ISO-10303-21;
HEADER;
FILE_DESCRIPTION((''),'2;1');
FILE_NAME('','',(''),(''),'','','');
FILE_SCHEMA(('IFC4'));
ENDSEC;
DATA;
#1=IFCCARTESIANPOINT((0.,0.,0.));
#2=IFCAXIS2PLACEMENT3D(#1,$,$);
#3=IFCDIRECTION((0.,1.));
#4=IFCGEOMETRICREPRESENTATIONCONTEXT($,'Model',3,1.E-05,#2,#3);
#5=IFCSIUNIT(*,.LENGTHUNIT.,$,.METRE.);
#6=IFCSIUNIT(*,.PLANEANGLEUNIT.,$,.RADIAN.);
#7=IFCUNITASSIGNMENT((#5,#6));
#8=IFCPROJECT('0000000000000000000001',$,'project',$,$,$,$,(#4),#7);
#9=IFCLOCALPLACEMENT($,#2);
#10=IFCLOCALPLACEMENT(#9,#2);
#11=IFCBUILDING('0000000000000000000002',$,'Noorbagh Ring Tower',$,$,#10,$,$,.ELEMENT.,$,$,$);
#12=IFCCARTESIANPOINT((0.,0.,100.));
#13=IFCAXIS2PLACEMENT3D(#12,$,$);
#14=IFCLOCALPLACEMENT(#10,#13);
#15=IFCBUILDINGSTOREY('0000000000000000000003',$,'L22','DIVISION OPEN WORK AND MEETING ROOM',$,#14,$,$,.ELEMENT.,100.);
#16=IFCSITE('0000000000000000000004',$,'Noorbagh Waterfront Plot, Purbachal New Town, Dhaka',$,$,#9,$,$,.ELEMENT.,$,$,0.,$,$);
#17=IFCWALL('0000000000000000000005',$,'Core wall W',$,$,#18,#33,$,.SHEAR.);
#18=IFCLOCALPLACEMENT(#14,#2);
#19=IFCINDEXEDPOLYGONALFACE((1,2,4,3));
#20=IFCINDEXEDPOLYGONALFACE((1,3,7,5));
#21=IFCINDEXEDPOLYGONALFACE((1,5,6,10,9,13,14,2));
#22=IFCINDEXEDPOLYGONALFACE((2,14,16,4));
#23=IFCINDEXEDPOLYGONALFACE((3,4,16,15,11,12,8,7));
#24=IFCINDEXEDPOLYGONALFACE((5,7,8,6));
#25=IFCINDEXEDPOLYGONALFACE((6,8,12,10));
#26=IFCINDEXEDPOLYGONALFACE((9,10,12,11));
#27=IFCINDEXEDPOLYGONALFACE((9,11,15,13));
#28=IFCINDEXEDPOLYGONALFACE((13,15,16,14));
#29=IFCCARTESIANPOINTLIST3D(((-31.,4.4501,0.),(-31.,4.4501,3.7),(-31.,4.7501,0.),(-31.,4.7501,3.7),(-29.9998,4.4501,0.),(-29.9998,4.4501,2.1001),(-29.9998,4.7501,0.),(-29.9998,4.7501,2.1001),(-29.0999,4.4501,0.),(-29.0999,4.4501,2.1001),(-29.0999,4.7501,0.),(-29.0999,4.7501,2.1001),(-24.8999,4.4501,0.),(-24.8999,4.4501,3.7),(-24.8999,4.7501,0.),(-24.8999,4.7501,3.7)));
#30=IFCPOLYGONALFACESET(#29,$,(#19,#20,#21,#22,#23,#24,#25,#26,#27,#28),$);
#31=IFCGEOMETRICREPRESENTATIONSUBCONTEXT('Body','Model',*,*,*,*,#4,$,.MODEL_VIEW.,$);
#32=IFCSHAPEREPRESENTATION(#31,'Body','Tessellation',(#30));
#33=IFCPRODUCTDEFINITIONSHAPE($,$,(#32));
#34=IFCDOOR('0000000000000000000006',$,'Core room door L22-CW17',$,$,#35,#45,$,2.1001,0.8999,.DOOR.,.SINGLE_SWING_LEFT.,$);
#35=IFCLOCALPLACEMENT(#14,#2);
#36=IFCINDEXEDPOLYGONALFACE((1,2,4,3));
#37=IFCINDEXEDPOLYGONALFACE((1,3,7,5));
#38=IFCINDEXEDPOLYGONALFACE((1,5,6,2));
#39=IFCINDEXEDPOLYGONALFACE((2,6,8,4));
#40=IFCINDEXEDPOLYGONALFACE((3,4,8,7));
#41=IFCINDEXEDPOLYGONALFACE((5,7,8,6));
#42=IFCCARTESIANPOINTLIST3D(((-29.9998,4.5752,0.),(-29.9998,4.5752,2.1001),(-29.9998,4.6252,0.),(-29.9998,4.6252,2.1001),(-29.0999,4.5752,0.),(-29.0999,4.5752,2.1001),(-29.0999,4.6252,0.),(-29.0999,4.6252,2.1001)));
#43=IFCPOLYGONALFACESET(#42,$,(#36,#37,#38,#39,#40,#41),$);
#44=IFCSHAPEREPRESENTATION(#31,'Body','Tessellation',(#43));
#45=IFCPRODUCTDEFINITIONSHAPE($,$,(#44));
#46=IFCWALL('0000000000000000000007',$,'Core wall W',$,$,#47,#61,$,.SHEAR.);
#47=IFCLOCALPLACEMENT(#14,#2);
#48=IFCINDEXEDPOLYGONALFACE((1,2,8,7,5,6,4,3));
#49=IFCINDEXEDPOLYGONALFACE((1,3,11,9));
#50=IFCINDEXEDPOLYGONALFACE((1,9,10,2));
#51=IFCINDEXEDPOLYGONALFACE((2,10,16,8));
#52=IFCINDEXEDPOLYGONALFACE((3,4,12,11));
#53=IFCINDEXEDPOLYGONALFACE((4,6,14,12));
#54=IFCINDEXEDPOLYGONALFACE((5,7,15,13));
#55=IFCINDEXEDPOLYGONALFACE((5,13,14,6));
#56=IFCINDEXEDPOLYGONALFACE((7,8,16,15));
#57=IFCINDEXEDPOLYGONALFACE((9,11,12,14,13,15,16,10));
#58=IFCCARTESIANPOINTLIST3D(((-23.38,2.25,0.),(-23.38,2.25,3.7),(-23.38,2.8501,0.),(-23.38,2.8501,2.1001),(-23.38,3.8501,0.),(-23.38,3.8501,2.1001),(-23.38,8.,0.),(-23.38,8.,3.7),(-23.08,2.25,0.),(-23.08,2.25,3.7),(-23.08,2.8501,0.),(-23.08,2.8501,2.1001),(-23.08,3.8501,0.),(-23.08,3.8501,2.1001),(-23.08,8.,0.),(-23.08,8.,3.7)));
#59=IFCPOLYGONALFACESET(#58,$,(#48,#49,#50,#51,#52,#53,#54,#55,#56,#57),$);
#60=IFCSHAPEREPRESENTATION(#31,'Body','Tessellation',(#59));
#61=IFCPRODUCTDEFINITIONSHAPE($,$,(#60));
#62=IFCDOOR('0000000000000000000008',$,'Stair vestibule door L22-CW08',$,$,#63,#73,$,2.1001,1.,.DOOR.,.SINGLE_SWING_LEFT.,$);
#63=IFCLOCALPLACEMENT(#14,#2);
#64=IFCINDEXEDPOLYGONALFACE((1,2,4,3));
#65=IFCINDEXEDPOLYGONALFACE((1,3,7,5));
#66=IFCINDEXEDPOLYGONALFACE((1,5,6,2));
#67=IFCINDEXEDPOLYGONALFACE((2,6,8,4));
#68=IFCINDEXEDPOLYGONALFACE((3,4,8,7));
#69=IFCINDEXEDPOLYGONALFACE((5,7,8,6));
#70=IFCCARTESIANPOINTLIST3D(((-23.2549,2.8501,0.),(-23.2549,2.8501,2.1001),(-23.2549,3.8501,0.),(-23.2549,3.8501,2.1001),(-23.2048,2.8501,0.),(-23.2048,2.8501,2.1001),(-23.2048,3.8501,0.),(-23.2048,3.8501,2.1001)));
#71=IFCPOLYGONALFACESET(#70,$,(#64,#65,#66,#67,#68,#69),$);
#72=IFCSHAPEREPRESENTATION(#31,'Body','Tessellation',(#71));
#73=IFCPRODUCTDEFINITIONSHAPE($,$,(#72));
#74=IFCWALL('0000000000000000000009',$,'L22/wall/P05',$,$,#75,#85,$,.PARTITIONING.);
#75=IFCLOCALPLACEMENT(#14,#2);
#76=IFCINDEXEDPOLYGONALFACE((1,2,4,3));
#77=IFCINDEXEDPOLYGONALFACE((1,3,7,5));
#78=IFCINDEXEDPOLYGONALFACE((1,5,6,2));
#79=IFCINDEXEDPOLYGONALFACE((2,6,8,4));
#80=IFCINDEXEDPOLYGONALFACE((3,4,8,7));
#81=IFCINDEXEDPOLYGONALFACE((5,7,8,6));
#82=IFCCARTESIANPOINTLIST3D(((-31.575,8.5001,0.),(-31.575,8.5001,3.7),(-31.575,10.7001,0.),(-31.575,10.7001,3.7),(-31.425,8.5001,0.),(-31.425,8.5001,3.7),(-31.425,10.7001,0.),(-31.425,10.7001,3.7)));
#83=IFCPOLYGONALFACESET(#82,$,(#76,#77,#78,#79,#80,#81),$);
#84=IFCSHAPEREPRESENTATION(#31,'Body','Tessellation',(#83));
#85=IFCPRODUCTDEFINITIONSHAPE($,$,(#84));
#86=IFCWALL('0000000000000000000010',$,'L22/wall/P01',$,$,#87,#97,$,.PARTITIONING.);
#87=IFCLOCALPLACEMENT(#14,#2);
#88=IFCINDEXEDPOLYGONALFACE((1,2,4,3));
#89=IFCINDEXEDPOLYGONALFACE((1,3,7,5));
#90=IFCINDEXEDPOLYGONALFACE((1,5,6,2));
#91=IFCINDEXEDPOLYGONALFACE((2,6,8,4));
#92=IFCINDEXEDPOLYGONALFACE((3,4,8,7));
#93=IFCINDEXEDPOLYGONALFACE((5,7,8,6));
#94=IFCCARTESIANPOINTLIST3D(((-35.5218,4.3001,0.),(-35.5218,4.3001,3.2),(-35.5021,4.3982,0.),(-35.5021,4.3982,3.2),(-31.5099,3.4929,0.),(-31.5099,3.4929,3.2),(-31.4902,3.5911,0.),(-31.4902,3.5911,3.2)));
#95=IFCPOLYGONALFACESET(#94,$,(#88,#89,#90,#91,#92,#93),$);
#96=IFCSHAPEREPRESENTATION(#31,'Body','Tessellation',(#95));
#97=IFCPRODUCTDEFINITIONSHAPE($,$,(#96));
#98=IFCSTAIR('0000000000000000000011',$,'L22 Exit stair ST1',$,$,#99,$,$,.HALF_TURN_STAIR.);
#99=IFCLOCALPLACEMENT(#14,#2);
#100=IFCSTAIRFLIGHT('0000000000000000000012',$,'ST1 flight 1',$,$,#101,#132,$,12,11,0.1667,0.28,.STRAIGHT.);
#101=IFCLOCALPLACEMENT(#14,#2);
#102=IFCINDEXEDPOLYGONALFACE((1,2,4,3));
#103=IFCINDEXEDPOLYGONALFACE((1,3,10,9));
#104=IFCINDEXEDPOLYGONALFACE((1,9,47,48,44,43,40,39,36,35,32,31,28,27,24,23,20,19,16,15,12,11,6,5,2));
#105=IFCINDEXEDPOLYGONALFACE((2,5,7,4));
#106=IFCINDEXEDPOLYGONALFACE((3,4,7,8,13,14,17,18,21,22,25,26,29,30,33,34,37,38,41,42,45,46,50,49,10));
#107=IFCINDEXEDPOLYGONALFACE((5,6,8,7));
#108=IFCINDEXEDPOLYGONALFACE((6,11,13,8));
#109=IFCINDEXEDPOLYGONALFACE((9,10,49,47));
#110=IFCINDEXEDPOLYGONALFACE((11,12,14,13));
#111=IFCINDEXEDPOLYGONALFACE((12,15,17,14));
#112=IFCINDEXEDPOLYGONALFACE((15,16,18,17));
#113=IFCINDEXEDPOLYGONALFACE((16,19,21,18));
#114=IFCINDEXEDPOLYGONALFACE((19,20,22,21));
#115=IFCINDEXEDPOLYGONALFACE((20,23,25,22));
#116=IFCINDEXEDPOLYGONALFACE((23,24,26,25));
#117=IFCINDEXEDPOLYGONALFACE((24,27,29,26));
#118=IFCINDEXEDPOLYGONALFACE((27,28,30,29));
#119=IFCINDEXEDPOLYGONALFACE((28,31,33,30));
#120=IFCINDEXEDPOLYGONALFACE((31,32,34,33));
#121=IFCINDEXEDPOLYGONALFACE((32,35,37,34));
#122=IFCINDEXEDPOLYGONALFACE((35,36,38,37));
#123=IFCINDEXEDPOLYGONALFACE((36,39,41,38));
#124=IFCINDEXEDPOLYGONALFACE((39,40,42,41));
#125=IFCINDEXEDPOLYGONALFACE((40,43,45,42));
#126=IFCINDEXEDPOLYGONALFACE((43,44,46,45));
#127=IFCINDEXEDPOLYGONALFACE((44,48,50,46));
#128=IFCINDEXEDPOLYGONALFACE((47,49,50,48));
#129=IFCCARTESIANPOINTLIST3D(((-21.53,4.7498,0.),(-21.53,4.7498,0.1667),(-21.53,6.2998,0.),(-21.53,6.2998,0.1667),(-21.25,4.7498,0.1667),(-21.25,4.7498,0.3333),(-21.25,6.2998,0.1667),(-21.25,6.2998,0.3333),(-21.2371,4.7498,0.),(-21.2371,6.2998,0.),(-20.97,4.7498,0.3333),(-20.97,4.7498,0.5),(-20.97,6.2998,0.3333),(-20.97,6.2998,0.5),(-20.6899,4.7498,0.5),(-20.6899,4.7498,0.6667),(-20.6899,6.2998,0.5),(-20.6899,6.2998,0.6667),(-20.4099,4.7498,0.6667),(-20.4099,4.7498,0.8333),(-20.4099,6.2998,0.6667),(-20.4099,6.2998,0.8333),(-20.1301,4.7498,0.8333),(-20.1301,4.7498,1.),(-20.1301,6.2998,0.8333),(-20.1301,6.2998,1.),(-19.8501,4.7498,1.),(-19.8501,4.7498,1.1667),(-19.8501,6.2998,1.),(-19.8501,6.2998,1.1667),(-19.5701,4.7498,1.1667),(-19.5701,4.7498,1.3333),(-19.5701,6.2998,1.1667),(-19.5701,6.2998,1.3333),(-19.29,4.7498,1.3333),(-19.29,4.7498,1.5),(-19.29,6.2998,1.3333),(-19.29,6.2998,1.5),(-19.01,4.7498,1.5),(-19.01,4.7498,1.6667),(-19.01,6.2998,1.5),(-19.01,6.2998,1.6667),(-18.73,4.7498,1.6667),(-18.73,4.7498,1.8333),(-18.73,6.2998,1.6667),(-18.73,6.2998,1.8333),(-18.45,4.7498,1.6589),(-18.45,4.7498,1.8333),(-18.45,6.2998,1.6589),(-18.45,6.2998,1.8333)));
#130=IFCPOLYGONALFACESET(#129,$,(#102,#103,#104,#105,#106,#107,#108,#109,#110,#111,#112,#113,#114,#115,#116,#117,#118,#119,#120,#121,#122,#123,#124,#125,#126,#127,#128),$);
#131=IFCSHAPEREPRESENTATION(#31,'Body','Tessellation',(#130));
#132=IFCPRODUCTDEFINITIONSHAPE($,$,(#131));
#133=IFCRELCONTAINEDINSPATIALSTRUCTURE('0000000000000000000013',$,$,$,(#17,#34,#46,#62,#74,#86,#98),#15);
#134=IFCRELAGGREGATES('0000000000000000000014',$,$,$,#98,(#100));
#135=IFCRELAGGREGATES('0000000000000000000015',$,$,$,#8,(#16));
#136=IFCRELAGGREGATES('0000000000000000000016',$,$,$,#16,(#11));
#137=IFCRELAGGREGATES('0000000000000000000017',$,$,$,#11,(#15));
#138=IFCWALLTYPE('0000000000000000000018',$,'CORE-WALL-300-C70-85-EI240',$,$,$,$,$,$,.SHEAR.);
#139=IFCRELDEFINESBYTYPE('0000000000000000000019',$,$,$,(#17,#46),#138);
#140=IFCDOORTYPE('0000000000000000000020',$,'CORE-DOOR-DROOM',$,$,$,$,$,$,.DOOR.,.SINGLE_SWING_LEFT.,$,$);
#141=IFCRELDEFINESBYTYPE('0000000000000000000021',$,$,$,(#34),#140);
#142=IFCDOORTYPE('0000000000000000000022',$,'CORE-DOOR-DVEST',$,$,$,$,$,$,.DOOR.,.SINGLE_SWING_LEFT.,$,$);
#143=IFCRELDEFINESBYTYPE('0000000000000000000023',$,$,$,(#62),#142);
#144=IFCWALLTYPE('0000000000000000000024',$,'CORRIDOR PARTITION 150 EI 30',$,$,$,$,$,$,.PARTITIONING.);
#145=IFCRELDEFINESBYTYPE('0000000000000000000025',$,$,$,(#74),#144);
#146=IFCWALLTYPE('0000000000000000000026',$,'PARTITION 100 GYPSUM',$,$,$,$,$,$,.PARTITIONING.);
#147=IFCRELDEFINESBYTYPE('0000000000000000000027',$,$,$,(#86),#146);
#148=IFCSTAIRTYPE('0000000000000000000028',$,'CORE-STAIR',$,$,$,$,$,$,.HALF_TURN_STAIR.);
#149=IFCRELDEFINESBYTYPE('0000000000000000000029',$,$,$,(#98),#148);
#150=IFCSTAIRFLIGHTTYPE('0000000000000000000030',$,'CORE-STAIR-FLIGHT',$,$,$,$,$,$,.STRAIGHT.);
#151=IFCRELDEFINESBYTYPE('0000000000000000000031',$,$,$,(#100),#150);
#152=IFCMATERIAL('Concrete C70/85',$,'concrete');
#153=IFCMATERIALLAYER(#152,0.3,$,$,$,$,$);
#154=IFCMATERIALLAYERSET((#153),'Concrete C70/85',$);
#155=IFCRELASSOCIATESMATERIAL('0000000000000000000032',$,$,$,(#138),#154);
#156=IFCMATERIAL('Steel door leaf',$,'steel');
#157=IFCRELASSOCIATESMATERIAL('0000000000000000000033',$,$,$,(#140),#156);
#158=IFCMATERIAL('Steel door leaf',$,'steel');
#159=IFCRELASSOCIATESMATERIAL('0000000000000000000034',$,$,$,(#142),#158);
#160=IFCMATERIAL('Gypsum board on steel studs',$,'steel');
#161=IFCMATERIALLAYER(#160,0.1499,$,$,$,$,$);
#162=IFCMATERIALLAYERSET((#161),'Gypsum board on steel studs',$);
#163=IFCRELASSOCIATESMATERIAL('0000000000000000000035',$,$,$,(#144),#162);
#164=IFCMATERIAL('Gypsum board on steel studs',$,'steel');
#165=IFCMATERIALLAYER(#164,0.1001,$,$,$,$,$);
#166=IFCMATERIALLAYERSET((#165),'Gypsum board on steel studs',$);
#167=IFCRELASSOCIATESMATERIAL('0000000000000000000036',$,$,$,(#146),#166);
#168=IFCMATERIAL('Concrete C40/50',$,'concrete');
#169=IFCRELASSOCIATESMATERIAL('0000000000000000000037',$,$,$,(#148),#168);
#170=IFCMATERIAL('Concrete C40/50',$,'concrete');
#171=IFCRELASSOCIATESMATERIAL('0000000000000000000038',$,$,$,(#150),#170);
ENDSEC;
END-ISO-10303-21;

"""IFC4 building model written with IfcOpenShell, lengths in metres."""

from ifc_helpers import new_model, si_unit, direction, frame, frame_2d, origin, place, context, subcontext, project, spatial, polyline, rectangle, outline, extrude, material, layer, layer_set, type_object, element, fill, aggregate, save


model = new_model("IFC4")

# Units and contexts
model_context = context("Model", 3, precision=1e-05, world=origin(), true_north=direction((0.0, 1.0)))
body_context = subcontext(model_context, "Body", "Model", "MODEL_VIEW")
ifc_project = project(units=[si_unit("LENGTHUNIT", "METRE"), si_unit("PLANEANGLEUNIT", "RADIAN")], contexts=[model_context])

# Site, building, storey
site_placement = place(None, origin())
site = spatial("IfcSite", under=ifc_project, at=site_placement, Name="Noorbagh Waterfront Plot, Purbachal New Town, Dhaka", CompositionType="ELEMENT", RefElevation=0.0)
building_placement = place(site_placement, origin())
building = spatial("IfcBuilding", under=site, at=building_placement, Name="Noorbagh Ring Tower", CompositionType="ELEMENT")
storey_placement = place(building_placement, frame((0.0, 0.0, 100.0)))
storey = spatial("IfcBuildingStorey", under=building, at=storey_placement, Name="L22", Description="DIVISION OPEN WORK AND MEETING ROOM", CompositionType="ELEMENT", Elevation=100.0)

# Walls, openings, doors
ifc_material_1 = material(Name="Concrete C70/85", Category="concrete")
ifc_layer_1 = layer(ifc_material_1, 0.3)
ifc_layer_set_1 = layer_set([ifc_layer_1], Name="Concrete C70/85")
wall_type_1 = type_object("IfcWallType", Name="CORE-WALL-300-C70-85-EI240", PredefinedType="SHEAR", material=ifc_layer_set_1)
wall_1_placement = place(storey_placement, frame((-24.8999, 4.6001, 0.0), z_axis=(0.0, 0.0, 1.0), x_axis=(-1.0, 0.0, 0.0)))
wall_1 = element("IfcWall", 1, at=wall_1_placement, inside=storey, type_object=wall_type_1, Name="Core wall W", PredefinedType="SHEAR", context=body_context, shape_type="SweptSolid", body=[
    extrude(rectangle(XDim=6.1001, YDim=0.3, at=frame_2d((3.05, 0.0))), origin(), (0.0, 0.0, 1.0), 3.7),
])
opening_1_placement = place(wall_1_placement, frame((4.2, 0.0, 0.0)))
opening_1 = element("IfcOpeningElement", 2, at=opening_1_placement, cuts=wall_1, PredefinedType="OPENING", context=body_context, shape_type="SweptSolid", body=[
    extrude(rectangle(XDim=0.8999, YDim=2.1001, at=frame_2d((0.45, 1.05))), frame((0.0, 0.1602, 0.0), z_axis=(0.0, -1.0, 0.0), x_axis=(1.0, 0.0, 0.0)), (0.0, 0.0, 1.0), 0.3201),
])
ifc_material_2 = material(Name="Steel door leaf", Category="steel")
door_type_1 = type_object("IfcDoorType", Name="CORE-DOOR-DROOM", OperationType="SINGLE_SWING_LEFT", PredefinedType="DOOR", material=ifc_material_2)
door_1_placement = place(opening_1_placement, origin())
door_1 = element("IfcDoor", 3, at=door_1_placement, inside=storey, type_object=door_type_1, Name="Core room door L22-CW17", OperationType="SINGLE_SWING_LEFT", OverallHeight=2.1001, OverallWidth=0.8999, PredefinedType="DOOR", context=body_context, shape_type="SweptSolid", body=[
    extrude(rectangle(XDim=0.8999, YDim=2.1001, at=frame_2d((0.45, 1.05))), frame((0.0, 0.0249, 0.0), z_axis=(0.0, -1.0, 0.0), x_axis=(1.0, 0.0, 0.0)), (0.0, 0.0, 1.0), 0.05),
])
fill(opening_1, door_1)
wall_2_placement = place(storey_placement, frame((-23.23, 2.25, 0.0), z_axis=(0.0, 0.0, 1.0), x_axis=(0.0, 1.0, 0.0)))
wall_2 = element("IfcWall", 4, at=wall_2_placement, inside=storey, type_object=wall_type_1, Name="Core wall W", PredefinedType="SHEAR", context=body_context, shape_type="SweptSolid", body=[
    extrude(rectangle(XDim=5.75, YDim=0.3, at=frame_2d((2.875, 0.0))), origin(), (0.0, 0.0, 1.0), 3.7),
])
opening_2_placement = place(wall_2_placement, frame((0.6001, 0.0, 0.0)))
opening_2 = element("IfcOpeningElement", 5, at=opening_2_placement, cuts=wall_2, PredefinedType="OPENING", context=body_context, shape_type="SweptSolid", body=[
    extrude(rectangle(XDim=1.0, YDim=2.1001, at=frame_2d((0.5, 1.05))), frame((0.0, 0.1602, 0.0), z_axis=(0.0, -1.0, 0.0), x_axis=(1.0, 0.0, 0.0)), (0.0, 0.0, 1.0), 0.3201),
])
ifc_material_3 = material(Name="Steel door leaf", Category="steel")
door_type_2 = type_object("IfcDoorType", Name="CORE-DOOR-DVEST", OperationType="SINGLE_SWING_LEFT", PredefinedType="DOOR", material=ifc_material_3)
door_2_placement = place(opening_2_placement, origin())
door_2 = element("IfcDoor", 6, at=door_2_placement, inside=storey, type_object=door_type_2, Name="Stair vestibule door L22-CW08", OperationType="SINGLE_SWING_LEFT", OverallHeight=2.1001, OverallWidth=1.0, PredefinedType="DOOR", context=body_context, shape_type="SweptSolid", body=[
    extrude(rectangle(XDim=1.0, YDim=2.1001, at=frame_2d((0.5, 1.05))), frame((0.0, 0.0249, 0.0), z_axis=(0.0, -1.0, 0.0), x_axis=(1.0, 0.0, 0.0)), (0.0, 0.0, 1.0), 0.05),
])
fill(opening_2, door_2)

# Walls
ifc_material_4 = material(Name="Gypsum board on steel studs", Category="steel")
ifc_layer_2 = layer(ifc_material_4, 0.1499)
ifc_layer_set_2 = layer_set([ifc_layer_2], Name="Gypsum board on steel studs")
wall_type_2 = type_object("IfcWallType", Name="CORRIDOR PARTITION 150 EI 30", PredefinedType="PARTITIONING", material=ifc_layer_set_2)
wall_3_placement = place(storey_placement, frame((-31.5, 8.5, 0.0), z_axis=(0.0, 0.0, 1.0), x_axis=(0.0, 1.0, 0.0)))
element("IfcWall", 7, at=wall_3_placement, inside=storey, type_object=wall_type_2, Name="L22/wall/P05", PredefinedType="PARTITIONING", context=body_context, shape_type="SweptSolid", body=[
    extrude(rectangle(XDim=2.2, YDim=0.1499, at=frame_2d((1.1001, 0.0))), origin(), (0.0, 0.0, 1.0), 3.7),
])
ifc_material_5 = material(Name="Gypsum board on steel studs", Category="steel")
ifc_layer_3 = layer(ifc_material_5, 0.1001)
ifc_layer_set_3 = layer_set([ifc_layer_3], Name="Gypsum board on steel studs")
wall_type_3 = type_object("IfcWallType", Name="PARTITION 100 GYPSUM", PredefinedType="PARTITIONING", material=ifc_layer_set_3)
wall_4_placement = place(storey_placement, frame((-35.512, 4.3491, 0.0), z_axis=(0.0, 0.0, 1.0), x_axis=(0.980357, -0.197229, 0.0)))
element("IfcWall", 8, at=wall_4_placement, inside=storey, type_object=wall_type_3, Name="L22/wall/P01", PredefinedType="PARTITIONING", context=body_context, shape_type="SweptSolid", body=[
    extrude(rectangle(XDim=4.0923, YDim=0.1001, at=frame_2d((2.0461, 0.0))), origin(), (0.0, 0.0, 1.0), 3.2),
])

# Stair, stair flight
ifc_material_6 = material(Name="Concrete C40/50", Category="concrete")
stair_type = type_object("IfcStairType", Name="CORE-STAIR", PredefinedType="HALF_TURN_STAIR", material=ifc_material_6)
stair_placement = place(storey_placement, origin())
stair = element("IfcStair", 9, at=stair_placement, inside=storey, type_object=stair_type, Name="L22 Exit stair ST1", PredefinedType="HALF_TURN_STAIR")
ifc_material_7 = material(Name="Concrete C40/50", Category="concrete")
stair_flight_type = type_object("IfcStairFlightType", Name="CORE-STAIR-FLIGHT", PredefinedType="STRAIGHT", material=ifc_material_7)
stair_flight_placement = place(storey_placement, frame((-21.53, 5.5249, 0.0), z_axis=(0.0, 0.0, 1.0), x_axis=(1.0, 0.0, 0.0)))
stair_flight = element("IfcStairFlight", 10, at=stair_flight_placement, type_object=stair_flight_type, Name="ST1 flight 1", NumberOfRisers=12, NumberOfTreads=11, PredefinedType="STRAIGHT", RiserHeight=0.1667, TreadLength=0.28, context=body_context, shape_type="SweptSolid", body=[
    extrude(outline(polyline([(0.0, 0.0), (0.0, 0.1667), (0.28, 0.1667), (0.28, 0.3333), (0.5601, 0.3333), (0.5601, 0.5), (0.8401, 0.5), (0.8401, 0.6667), (1.1201, 0.6667), (1.1201, 0.8333), (1.3999, 0.8333), (1.3999, 1.0), (1.6799, 1.0), (1.6799, 1.1667), (1.96, 1.1667), (1.96, 1.3333), (2.24, 1.3333), (2.24, 1.5), (2.52, 1.5), (2.52, 1.6667), (2.8, 1.6667), (2.8, 1.8333), (3.0801, 1.8333), (3.0801, 2.0), (3.0801, 1.6589), (0.293, 0.0), (0.0, 0.0)])), frame((0.0, 0.7749, 0.0), z_axis=(0.0, -1.0, 0.0), x_axis=(1.0, 0.0, 0.0)), (0.0, 0.0, 1.0), 1.55),
])
aggregate(stair, [stair_flight])

save(model, "model.ifc")
